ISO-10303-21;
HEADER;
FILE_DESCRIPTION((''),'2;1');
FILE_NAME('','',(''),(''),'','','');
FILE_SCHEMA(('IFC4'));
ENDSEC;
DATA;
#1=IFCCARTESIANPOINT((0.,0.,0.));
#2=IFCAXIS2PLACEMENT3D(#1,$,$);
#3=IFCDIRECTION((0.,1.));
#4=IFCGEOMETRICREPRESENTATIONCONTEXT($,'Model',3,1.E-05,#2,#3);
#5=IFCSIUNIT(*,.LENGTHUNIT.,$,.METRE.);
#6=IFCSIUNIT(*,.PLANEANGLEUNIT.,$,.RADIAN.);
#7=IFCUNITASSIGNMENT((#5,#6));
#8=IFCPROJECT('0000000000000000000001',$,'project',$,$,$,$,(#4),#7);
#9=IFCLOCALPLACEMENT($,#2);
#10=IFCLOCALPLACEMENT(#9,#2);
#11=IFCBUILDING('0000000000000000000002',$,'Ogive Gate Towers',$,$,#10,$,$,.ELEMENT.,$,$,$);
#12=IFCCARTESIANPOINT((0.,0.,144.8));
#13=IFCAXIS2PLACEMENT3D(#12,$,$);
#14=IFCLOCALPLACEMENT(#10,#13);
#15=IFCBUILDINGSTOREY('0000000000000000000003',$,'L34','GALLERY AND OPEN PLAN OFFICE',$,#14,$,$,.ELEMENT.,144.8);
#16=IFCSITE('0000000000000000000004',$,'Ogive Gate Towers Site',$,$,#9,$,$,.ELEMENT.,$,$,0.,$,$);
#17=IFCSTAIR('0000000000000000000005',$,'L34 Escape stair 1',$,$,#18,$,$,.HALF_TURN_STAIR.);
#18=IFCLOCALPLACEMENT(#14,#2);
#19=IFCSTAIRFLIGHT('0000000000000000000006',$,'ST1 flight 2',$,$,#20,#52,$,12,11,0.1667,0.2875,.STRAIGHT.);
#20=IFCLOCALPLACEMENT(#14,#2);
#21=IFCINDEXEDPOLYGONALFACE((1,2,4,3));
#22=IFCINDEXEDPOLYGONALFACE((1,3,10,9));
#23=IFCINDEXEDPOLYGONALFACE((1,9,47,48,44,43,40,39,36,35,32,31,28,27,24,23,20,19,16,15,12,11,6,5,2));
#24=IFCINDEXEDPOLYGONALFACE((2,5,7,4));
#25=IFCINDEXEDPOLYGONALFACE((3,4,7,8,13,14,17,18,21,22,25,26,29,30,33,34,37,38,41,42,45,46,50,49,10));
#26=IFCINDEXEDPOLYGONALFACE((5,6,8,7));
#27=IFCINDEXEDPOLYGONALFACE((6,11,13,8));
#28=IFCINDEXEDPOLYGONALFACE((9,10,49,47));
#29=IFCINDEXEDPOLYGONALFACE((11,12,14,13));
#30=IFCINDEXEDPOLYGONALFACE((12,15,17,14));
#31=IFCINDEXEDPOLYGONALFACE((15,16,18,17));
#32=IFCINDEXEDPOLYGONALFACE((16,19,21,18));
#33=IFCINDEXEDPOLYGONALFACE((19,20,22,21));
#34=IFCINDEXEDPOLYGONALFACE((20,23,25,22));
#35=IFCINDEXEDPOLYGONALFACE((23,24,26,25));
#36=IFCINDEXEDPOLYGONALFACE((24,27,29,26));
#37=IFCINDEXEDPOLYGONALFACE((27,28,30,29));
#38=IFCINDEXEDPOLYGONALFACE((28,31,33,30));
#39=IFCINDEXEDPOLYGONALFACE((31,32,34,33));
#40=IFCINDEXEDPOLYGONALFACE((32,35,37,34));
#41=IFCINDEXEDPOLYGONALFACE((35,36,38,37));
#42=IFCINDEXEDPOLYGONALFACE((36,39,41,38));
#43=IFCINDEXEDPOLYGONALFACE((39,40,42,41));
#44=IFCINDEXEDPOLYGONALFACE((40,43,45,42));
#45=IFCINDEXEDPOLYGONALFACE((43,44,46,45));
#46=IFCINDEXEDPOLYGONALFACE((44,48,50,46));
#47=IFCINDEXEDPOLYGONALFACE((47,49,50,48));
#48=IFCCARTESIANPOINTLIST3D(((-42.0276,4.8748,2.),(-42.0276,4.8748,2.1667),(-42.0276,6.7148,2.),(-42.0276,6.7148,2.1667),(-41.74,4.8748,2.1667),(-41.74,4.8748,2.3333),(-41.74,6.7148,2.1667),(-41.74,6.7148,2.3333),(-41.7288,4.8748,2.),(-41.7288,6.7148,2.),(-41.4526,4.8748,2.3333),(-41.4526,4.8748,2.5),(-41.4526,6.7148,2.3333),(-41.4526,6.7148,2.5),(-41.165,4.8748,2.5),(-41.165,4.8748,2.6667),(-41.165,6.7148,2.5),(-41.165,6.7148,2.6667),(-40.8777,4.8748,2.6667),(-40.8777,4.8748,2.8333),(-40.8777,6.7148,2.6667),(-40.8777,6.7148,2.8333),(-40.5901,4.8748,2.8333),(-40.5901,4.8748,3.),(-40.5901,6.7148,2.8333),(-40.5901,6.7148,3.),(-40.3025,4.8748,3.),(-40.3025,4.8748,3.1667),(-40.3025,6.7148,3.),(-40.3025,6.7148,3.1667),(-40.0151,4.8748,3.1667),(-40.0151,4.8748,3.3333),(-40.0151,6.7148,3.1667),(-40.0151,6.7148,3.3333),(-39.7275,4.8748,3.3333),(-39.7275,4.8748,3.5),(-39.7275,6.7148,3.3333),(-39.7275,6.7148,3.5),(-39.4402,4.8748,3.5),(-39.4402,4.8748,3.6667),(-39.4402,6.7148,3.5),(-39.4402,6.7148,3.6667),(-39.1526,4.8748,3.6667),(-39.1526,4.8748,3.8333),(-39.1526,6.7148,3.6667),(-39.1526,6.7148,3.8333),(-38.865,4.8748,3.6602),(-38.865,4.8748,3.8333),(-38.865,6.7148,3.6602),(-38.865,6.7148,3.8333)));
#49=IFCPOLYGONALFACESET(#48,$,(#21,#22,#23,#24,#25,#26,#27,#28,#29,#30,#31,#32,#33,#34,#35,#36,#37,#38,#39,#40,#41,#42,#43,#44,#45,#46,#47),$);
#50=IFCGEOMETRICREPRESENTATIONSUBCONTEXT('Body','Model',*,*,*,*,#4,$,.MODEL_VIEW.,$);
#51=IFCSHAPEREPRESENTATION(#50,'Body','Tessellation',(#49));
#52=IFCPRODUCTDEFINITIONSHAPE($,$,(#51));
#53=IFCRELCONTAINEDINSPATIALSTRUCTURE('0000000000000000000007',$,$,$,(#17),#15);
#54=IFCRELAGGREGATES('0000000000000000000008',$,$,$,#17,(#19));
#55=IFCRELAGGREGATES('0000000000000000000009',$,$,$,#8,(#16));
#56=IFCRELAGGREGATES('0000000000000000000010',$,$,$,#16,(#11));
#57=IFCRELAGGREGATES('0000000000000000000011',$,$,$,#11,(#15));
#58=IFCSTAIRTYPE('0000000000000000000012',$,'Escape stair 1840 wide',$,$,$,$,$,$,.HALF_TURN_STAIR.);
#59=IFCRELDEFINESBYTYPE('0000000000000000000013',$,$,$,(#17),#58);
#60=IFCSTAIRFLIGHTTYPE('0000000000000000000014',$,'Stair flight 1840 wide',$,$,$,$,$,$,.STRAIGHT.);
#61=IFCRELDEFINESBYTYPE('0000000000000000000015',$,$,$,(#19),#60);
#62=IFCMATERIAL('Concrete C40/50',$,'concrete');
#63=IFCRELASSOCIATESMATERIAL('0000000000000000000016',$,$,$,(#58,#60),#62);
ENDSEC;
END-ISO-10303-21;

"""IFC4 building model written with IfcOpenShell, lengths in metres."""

from ifc_helpers import new_model, si_unit, direction, frame, origin, place, context, subcontext, project, spatial, polyline, outline, extrude, material, type_object, element, aggregate, save


model = new_model("IFC4")

# Units and contexts
model_context = context("Model", 3, precision=1e-05, world=origin(), true_north=direction((0.0, 1.0)))
body_context = subcontext(model_context, "Body", "Model", "MODEL_VIEW")
ifc_project = project(units=[si_unit("LENGTHUNIT", "METRE"), si_unit("PLANEANGLEUNIT", "RADIAN")], contexts=[model_context])

# Site, building, storey
site_placement = place(None, origin())
site = spatial("IfcSite", under=ifc_project, at=site_placement, Name="Ogive Gate Towers Site", CompositionType="ELEMENT", RefElevation=0.0)
building_placement = place(site_placement, origin())
building = spatial("IfcBuilding", under=site, at=building_placement, Name="Ogive Gate Towers", CompositionType="ELEMENT")
storey_placement = place(building_placement, frame((0.0, 0.0, 144.8)))
storey = spatial("IfcBuildingStorey", under=building, at=storey_placement, Name="L34", Description="GALLERY AND OPEN PLAN OFFICE", CompositionType="ELEMENT", Elevation=144.8)

# Stair, stair flight
ifc_material_1 = material(Name="Concrete C40/50", Category="concrete")
stair_type = type_object("IfcStairType", Name="Escape stair 1840 wide", PredefinedType="HALF_TURN_STAIR", material=ifc_material_1)
stair_placement = place(storey_placement, origin())
stair = element("IfcStair", 1, at=stair_placement, inside=storey, type_object=stair_type, Name="L34 Escape stair 1", PredefinedType="HALF_TURN_STAIR")
stair_flight_type = type_object("IfcStairFlightType", Name="Stair flight 1840 wide", PredefinedType="STRAIGHT", material=ifc_material_1)
stair_flight_1_placement = place(storey_placement, frame((-42.0276, 5.7949, 2.0), z_axis=(0.0, 0.0, 1.0), x_axis=(1.0, 0.0, 0.0)))
stair_flight_1 = element("IfcStairFlight", 2, at=stair_flight_1_placement, type_object=stair_flight_type, Name="ST1 flight 2", NumberOfRisers=12, NumberOfTreads=11, PredefinedType="STRAIGHT", RiserHeight=0.1667, TreadLength=0.2875, context=body_context, shape_type="SweptSolid", body=[
    extrude(outline(polyline([(0.0, 0.0), (0.0, 0.1667), (0.2876, 0.1667), (0.2876, 0.3333), (0.575, 0.3333), (0.575, 0.5), (0.8625, 0.5), (0.8625, 0.6667), (1.1499, 0.6667), (1.1499, 0.8333), (1.4375, 0.8333), (1.4375, 1.0), (1.7251, 1.0), (1.7251, 1.1667), (2.0125, 1.1667), (2.0125, 1.3333), (2.3, 1.3333), (2.3, 1.5), (2.5874, 1.5), (2.5874, 1.6667), (2.875, 1.6667), (2.875, 1.8333), (3.1626, 1.8333), (3.1626, 2.0), (3.1626, 1.6602), (0.2988, 0.0), (0.0, 0.0)])), frame((0.0, 0.9199, 0.0), z_axis=(0.0, -1.0, 0.0), x_axis=(1.0, 0.0, 0.0)), (0.0, 0.0, 1.0), 1.8401),
])
aggregate(stair, [stair_flight_1])

save(model, "model.ifc")
